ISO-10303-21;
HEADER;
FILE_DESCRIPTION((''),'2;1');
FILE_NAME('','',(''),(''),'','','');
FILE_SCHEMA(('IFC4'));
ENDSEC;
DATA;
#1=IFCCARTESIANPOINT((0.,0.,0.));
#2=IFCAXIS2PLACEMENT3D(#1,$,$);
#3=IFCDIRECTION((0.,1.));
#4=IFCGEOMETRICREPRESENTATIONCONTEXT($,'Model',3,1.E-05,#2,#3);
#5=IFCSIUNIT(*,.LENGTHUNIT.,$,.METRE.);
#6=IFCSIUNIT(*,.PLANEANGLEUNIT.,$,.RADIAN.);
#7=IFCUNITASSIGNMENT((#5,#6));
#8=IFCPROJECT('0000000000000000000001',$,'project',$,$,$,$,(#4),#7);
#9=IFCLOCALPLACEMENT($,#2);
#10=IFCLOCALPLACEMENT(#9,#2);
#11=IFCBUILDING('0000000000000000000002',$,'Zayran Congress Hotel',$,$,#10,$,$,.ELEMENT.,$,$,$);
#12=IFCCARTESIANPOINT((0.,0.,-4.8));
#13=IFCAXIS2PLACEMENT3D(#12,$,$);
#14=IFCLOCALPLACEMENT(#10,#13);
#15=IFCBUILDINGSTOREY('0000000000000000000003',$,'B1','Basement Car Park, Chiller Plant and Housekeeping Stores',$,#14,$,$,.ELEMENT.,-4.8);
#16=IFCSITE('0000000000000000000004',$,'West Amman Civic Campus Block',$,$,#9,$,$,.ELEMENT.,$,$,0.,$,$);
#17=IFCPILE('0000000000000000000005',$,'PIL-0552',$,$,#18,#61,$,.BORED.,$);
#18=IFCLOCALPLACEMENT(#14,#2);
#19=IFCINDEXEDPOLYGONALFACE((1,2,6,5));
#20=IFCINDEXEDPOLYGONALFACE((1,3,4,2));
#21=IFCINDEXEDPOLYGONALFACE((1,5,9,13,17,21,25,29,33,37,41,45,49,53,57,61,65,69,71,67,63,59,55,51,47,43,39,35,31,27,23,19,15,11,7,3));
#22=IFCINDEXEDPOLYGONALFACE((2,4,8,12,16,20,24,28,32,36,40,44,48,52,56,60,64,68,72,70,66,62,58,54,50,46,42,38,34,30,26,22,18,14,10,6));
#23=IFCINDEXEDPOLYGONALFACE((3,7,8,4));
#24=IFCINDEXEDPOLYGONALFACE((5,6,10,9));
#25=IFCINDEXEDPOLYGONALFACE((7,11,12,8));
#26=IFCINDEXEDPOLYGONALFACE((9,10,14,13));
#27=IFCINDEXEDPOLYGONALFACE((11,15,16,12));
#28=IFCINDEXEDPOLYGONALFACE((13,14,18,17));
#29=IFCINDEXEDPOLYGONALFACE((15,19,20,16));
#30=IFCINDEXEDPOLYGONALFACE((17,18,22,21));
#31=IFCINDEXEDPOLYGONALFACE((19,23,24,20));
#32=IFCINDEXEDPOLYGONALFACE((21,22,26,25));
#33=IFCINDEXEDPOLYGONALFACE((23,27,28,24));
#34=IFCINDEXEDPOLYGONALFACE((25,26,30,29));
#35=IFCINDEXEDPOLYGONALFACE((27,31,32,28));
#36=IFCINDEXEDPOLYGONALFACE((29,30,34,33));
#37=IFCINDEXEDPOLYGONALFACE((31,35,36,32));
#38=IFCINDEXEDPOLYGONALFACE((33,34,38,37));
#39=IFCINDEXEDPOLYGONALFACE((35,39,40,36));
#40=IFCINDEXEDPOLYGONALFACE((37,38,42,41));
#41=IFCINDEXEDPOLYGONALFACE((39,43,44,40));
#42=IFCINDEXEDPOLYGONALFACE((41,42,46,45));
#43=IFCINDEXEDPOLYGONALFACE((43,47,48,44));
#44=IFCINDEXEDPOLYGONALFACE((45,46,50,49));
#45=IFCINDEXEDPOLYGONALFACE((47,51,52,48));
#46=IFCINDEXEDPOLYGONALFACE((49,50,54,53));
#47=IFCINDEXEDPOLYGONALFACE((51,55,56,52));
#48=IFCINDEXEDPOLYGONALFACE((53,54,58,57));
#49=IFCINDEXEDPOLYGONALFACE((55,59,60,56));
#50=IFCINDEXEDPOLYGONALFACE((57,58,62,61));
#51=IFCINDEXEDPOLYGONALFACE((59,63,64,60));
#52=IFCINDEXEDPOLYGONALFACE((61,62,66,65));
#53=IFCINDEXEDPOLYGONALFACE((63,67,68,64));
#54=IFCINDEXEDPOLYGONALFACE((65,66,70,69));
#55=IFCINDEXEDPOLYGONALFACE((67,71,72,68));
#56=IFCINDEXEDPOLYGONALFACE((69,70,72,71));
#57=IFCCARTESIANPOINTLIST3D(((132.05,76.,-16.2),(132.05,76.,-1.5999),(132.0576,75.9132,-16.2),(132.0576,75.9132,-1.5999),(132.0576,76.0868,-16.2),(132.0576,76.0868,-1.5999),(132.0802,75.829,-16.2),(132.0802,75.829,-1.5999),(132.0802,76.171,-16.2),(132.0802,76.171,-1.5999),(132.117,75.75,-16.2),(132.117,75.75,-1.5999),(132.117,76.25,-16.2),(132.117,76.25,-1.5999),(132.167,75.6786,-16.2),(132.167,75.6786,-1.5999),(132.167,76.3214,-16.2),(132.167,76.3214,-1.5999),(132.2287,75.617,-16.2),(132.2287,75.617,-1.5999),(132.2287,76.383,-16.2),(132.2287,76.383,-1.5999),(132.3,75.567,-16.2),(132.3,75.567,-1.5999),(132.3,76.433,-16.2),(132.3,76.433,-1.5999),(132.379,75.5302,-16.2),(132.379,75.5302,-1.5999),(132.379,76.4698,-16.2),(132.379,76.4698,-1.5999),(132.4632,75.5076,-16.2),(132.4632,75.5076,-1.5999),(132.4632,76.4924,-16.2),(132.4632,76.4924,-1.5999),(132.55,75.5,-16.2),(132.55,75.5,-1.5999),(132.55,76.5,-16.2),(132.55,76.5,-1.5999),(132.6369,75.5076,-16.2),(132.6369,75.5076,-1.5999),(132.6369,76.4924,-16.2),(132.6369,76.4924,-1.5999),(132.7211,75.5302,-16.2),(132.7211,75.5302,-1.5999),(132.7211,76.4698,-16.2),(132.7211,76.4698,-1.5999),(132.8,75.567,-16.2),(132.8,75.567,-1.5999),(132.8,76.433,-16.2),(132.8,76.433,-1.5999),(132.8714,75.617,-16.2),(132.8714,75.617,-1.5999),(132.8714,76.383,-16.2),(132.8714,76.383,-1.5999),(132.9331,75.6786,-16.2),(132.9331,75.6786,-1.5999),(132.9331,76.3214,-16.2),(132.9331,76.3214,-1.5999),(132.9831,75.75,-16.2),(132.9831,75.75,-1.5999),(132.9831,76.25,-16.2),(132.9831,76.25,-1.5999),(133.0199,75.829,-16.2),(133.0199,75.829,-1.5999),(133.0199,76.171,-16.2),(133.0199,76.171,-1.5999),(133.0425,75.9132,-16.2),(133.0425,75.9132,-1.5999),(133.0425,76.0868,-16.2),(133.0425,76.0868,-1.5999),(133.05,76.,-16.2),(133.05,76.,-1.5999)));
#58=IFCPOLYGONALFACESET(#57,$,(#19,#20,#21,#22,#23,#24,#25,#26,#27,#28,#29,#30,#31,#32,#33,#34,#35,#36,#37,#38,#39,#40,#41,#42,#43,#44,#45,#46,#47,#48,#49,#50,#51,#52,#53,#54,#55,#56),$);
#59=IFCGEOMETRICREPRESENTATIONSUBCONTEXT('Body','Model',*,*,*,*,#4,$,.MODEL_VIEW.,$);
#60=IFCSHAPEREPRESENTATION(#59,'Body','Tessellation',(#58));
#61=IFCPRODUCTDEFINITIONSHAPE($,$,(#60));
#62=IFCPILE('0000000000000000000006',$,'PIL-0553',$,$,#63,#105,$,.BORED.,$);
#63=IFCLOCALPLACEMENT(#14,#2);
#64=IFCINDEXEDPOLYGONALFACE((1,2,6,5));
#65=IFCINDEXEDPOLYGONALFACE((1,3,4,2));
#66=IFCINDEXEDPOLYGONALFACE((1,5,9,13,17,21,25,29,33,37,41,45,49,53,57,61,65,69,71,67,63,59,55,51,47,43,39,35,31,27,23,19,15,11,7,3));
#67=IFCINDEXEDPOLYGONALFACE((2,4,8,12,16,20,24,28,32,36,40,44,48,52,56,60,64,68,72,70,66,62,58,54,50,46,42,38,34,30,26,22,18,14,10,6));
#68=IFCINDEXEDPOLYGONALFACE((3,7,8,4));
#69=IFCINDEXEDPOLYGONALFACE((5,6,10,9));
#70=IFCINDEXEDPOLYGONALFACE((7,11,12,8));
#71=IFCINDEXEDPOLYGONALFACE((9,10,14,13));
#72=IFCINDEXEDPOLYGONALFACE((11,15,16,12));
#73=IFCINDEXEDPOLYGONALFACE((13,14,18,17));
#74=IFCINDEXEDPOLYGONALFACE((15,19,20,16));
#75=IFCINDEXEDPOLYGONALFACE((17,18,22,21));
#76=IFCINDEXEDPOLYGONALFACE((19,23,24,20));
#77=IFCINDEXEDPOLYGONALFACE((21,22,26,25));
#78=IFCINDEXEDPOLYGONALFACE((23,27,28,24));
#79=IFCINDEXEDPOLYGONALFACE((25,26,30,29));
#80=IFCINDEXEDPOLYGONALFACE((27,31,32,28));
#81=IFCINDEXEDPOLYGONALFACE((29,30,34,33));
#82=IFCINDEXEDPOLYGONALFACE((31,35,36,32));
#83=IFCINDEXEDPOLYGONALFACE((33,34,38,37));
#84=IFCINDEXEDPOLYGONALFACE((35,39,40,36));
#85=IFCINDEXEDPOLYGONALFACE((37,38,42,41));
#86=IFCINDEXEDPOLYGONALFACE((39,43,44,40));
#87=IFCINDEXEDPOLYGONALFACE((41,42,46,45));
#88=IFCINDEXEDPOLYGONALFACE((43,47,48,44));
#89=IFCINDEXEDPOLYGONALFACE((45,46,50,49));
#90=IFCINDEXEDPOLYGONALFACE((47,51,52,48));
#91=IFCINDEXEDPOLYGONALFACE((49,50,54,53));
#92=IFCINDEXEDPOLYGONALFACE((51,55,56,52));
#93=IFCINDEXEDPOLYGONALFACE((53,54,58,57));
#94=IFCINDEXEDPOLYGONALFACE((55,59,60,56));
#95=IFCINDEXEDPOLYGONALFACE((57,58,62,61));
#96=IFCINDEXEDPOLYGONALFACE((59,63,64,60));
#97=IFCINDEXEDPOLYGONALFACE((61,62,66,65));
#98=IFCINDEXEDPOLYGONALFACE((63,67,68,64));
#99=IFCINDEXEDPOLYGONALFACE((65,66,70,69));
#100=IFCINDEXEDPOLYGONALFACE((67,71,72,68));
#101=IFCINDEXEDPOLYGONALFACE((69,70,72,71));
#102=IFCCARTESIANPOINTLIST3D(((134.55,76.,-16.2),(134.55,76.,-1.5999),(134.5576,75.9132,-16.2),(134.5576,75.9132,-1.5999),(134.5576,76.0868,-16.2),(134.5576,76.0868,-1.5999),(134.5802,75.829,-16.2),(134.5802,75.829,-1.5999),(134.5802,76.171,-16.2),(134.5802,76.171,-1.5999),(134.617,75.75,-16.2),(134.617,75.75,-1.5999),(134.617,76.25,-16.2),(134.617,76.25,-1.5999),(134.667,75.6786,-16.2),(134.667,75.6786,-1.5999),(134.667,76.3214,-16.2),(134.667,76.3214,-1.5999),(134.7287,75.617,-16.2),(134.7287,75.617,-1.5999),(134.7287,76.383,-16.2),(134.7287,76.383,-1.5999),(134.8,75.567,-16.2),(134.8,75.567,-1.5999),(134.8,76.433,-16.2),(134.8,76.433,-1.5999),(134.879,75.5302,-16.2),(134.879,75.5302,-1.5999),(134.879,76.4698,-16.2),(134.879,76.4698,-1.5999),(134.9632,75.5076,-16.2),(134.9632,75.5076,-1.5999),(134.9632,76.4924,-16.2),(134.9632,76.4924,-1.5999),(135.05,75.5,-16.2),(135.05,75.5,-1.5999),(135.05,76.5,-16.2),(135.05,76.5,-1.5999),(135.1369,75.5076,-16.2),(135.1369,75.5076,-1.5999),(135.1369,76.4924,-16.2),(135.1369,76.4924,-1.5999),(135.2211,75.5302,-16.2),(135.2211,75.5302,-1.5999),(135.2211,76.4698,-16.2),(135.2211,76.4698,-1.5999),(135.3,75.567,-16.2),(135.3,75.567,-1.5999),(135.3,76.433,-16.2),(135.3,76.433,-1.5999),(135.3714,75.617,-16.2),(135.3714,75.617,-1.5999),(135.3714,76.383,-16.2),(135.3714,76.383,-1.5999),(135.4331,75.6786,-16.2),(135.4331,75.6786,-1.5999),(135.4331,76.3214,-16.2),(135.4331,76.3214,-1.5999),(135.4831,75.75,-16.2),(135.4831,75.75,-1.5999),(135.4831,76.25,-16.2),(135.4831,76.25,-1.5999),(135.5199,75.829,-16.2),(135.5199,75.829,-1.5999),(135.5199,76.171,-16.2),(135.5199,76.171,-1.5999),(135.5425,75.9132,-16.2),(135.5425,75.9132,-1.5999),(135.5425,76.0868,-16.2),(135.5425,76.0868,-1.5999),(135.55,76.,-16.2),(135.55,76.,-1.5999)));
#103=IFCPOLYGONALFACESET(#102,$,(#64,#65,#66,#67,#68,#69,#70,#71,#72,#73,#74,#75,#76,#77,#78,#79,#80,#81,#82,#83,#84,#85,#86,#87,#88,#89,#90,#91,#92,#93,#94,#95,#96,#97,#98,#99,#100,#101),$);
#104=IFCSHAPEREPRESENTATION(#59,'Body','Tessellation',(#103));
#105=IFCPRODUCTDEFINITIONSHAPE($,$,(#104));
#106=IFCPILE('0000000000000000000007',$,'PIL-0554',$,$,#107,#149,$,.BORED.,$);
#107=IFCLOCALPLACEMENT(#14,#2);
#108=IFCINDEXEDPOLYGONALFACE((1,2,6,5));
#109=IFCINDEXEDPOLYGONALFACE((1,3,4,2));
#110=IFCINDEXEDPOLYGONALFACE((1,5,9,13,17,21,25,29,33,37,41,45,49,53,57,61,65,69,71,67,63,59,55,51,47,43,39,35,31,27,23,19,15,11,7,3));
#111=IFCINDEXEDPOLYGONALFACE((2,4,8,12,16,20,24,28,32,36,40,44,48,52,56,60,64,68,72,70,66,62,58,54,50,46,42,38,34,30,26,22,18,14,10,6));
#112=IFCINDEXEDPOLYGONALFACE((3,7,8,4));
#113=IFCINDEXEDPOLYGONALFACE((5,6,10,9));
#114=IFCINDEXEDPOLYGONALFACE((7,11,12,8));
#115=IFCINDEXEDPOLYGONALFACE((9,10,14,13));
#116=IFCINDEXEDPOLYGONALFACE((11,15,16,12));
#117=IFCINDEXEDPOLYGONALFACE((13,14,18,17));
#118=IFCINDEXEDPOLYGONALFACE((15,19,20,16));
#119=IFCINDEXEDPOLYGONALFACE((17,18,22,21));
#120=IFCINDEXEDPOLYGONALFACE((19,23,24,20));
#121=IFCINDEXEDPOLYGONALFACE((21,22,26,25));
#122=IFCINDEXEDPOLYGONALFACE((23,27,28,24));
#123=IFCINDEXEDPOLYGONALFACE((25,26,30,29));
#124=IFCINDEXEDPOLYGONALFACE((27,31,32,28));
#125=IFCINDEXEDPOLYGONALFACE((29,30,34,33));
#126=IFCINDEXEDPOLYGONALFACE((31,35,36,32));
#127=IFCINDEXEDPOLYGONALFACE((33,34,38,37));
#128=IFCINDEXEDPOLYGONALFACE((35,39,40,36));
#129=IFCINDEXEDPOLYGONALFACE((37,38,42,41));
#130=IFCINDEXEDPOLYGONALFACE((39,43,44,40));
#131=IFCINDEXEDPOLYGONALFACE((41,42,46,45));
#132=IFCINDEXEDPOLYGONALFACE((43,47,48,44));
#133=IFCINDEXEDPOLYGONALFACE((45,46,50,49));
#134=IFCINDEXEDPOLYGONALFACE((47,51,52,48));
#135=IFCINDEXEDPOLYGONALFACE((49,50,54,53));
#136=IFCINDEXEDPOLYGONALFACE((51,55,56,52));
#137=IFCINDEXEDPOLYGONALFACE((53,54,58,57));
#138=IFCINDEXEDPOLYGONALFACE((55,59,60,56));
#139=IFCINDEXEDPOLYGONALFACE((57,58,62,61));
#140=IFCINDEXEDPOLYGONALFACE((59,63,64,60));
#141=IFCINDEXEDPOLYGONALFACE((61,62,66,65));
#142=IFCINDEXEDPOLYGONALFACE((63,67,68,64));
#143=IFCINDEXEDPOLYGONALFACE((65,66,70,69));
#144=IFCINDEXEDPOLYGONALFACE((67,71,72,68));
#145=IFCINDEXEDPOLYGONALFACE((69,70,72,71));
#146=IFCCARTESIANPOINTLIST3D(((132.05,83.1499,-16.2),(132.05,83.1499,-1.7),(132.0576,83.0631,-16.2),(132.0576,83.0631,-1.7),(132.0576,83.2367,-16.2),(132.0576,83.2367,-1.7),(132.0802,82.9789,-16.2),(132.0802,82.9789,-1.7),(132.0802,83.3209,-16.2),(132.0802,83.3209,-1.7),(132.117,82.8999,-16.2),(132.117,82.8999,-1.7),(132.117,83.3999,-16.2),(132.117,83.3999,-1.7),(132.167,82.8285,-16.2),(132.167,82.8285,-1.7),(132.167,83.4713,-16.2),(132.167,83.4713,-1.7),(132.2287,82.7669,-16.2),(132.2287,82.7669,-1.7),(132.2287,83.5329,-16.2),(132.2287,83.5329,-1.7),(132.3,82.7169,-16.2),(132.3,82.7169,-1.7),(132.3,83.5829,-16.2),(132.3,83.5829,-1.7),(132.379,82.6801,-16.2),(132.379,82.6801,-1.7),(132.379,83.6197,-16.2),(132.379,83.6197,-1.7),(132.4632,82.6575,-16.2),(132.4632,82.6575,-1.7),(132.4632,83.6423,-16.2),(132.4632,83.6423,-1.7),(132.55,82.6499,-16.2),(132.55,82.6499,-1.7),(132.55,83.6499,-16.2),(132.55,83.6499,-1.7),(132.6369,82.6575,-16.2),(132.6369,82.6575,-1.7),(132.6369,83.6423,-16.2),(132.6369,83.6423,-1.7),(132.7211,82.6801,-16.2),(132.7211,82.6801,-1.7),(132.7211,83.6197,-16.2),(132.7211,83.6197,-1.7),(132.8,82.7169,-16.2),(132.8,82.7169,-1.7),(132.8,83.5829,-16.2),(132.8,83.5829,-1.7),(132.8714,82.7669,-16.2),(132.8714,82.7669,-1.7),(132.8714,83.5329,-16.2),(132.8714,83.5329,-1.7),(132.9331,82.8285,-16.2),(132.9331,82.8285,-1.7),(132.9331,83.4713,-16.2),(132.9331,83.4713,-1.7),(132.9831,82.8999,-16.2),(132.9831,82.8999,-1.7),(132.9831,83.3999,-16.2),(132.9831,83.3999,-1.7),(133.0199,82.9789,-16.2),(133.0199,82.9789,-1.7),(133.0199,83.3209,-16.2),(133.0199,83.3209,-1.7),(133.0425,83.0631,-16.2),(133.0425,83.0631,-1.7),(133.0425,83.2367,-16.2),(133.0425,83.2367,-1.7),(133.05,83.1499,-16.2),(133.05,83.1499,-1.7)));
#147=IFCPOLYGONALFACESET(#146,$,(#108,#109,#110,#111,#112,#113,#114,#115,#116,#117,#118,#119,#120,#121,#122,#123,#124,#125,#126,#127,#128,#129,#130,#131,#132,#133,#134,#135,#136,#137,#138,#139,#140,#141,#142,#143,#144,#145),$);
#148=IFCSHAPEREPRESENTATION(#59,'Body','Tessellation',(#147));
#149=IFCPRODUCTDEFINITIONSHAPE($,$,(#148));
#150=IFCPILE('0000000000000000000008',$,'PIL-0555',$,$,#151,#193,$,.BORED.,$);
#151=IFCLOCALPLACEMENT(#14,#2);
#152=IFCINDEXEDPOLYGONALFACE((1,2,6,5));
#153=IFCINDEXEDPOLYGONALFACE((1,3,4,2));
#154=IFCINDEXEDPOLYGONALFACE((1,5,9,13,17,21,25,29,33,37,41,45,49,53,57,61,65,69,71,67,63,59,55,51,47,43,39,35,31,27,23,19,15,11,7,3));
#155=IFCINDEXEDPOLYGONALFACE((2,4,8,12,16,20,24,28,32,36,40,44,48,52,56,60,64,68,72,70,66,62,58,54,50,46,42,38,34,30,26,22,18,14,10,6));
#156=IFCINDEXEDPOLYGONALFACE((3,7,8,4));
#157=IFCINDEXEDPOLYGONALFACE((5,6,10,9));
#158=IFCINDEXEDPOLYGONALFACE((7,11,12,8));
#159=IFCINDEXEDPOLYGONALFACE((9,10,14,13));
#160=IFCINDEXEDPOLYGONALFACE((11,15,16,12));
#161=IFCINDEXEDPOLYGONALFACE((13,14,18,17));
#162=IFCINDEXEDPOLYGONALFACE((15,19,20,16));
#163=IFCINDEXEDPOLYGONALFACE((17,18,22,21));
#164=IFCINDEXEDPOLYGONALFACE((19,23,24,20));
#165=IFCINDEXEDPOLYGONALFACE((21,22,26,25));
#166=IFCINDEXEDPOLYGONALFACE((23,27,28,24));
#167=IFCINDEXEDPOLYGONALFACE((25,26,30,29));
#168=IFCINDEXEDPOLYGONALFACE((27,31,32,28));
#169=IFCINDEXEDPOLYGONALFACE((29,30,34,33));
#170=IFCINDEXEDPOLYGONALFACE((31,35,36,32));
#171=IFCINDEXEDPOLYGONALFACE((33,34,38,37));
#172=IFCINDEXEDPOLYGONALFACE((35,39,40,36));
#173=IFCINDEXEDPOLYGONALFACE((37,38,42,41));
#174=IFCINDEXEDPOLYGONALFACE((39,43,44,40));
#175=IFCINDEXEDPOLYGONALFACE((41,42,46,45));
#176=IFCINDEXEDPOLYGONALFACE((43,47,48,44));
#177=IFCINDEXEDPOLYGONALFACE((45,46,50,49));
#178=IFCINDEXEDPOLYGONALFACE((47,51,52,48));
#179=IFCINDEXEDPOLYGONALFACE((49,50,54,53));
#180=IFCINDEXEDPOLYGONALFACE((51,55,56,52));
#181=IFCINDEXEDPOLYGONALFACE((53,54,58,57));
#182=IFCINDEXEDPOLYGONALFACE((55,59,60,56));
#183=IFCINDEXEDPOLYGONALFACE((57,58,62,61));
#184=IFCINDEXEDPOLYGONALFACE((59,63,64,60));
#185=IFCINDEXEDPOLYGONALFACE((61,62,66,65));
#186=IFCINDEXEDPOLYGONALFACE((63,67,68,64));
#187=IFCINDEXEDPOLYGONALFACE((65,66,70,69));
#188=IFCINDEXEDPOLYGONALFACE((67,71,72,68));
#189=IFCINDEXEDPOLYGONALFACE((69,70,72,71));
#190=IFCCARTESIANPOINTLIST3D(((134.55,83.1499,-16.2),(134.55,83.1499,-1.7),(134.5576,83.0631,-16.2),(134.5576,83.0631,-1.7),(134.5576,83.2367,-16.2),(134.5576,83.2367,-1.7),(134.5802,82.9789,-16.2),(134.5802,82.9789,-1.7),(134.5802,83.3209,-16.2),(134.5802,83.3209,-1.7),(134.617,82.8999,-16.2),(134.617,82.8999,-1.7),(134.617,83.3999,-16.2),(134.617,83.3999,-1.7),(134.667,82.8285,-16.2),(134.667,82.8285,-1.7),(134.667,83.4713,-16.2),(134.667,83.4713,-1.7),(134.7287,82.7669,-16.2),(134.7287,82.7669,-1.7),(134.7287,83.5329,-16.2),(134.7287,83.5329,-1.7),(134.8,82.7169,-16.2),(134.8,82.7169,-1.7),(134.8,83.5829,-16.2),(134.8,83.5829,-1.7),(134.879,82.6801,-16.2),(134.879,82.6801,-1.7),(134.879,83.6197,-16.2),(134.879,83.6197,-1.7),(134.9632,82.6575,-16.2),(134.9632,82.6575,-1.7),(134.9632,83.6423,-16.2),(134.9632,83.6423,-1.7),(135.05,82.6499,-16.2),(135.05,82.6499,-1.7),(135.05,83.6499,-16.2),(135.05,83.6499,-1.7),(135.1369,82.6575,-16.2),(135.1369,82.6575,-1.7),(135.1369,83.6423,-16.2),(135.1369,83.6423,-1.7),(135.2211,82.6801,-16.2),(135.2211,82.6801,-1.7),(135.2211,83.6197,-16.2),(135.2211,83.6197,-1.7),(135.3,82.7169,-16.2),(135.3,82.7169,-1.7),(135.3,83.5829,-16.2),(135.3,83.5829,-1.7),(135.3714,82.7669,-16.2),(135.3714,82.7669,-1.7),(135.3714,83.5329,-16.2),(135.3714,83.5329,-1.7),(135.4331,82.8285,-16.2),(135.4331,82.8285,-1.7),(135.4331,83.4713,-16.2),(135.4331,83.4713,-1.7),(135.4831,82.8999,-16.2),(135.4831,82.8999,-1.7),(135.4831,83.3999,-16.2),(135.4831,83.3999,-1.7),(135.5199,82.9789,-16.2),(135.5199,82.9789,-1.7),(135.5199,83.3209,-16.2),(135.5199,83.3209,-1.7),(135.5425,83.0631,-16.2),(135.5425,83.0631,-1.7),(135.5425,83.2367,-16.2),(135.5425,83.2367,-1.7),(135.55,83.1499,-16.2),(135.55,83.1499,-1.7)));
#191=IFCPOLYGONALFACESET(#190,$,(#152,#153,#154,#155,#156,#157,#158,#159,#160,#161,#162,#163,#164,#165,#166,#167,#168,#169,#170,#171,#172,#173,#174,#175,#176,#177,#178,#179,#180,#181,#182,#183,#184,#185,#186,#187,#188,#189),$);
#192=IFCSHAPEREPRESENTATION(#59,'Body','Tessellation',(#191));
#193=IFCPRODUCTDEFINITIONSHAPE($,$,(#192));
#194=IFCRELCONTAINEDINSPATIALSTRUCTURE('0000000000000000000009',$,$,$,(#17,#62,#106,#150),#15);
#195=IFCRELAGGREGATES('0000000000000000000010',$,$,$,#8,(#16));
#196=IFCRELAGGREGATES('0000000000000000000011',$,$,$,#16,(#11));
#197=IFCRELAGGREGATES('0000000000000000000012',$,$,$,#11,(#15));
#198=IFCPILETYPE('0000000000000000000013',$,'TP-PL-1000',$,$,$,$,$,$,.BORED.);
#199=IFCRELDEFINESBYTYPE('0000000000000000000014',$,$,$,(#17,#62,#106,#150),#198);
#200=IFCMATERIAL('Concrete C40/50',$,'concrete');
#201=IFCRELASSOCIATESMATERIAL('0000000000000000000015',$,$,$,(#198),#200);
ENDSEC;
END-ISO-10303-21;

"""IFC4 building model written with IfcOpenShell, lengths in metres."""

from ifc_helpers import new_model, si_unit, direction, frame, origin, origin_2d, place, context, subcontext, project, spatial, circle, extrude, material, material_profile, profile_set, type_object, element, save


model = new_model("IFC4")

# Units and contexts
model_context = context("Model", 3, precision=1e-05, world=origin(), true_north=direction((0.0, 1.0)))
body_context = subcontext(model_context, "Body", "Model", "MODEL_VIEW")
ifc_project = project(units=[si_unit("LENGTHUNIT", "METRE"), si_unit("PLANEANGLEUNIT", "RADIAN")], contexts=[model_context])

# Site, building, storey
site_placement = place(None, origin())
site = spatial("IfcSite", under=ifc_project, at=site_placement, Name="West Amman Civic Campus Block", CompositionType="ELEMENT", RefElevation=0.0)
building_placement = place(site_placement, origin())
building = spatial("IfcBuilding", under=site, at=building_placement, Name="Zayran Congress Hotel", CompositionType="ELEMENT")
storey_placement = place(building_placement, frame((0.0, 0.0, -4.8)))
storey = spatial("IfcBuildingStorey", under=building, at=storey_placement, Name="B1", Description="Basement Car Park, Chiller Plant and Housekeeping Stores", CompositionType="ELEMENT", Elevation=-4.8)

# Piles
ifc_material_1 = material(Name="Concrete C40/50", Category="concrete")
ifc_material_profile_1 = material_profile(ifc_material_1, circle(Radius=0.5, at=origin_2d()), Name="PILE D1000")
ifc_profile_set_1 = profile_set([ifc_material_profile_1], Name="Concrete C40/50")
pile_type = type_object("IfcPileType", Name="TP-PL-1000", PredefinedType="BORED", material=ifc_profile_set_1)
for number, where, z_axis, x_axis, name in (
    (1, (132.55, 76.0, -1.5999), (0.0, 0.0, -1.0), (1.0, 0.0, 0.0), "PIL-0552"),
    (2, (135.05, 76.0, -1.5999), (0.0, 0.0, -1.0), (1.0, 0.0, 0.0), "PIL-0553"),
):
    element("IfcPile", number, at=place(storey_placement, frame(where, z_axis=z_axis, x_axis=x_axis)), inside=storey, type_object=pile_type, Name=name, PredefinedType="BORED", context=body_context, shape_type="SweptSolid", body=[
        extrude(circle(Radius=0.5, at=origin_2d()), origin(), (0.0, 0.0, 1.0), 14.6001),
    ])
for number, where, z_axis, x_axis, name in (
    (3, (132.55, 83.1499, -1.7), (0.0, 0.0, -1.0), (1.0, 0.0, 0.0), "PIL-0554"),
    (4, (135.05, 83.1499, -1.7), (0.0, 0.0, -1.0), (1.0, 0.0, 0.0), "PIL-0555"),
):
    element("IfcPile", number, at=place(storey_placement, frame(where, z_axis=z_axis, x_axis=x_axis)), inside=storey, type_object=pile_type, Name=name, PredefinedType="BORED", context=body_context, shape_type="SweptSolid", body=[
        extrude(circle(Radius=0.5, at=origin_2d()), origin(), (0.0, 0.0, 1.0), 14.5),
    ])

save(model, "model.ifc")
